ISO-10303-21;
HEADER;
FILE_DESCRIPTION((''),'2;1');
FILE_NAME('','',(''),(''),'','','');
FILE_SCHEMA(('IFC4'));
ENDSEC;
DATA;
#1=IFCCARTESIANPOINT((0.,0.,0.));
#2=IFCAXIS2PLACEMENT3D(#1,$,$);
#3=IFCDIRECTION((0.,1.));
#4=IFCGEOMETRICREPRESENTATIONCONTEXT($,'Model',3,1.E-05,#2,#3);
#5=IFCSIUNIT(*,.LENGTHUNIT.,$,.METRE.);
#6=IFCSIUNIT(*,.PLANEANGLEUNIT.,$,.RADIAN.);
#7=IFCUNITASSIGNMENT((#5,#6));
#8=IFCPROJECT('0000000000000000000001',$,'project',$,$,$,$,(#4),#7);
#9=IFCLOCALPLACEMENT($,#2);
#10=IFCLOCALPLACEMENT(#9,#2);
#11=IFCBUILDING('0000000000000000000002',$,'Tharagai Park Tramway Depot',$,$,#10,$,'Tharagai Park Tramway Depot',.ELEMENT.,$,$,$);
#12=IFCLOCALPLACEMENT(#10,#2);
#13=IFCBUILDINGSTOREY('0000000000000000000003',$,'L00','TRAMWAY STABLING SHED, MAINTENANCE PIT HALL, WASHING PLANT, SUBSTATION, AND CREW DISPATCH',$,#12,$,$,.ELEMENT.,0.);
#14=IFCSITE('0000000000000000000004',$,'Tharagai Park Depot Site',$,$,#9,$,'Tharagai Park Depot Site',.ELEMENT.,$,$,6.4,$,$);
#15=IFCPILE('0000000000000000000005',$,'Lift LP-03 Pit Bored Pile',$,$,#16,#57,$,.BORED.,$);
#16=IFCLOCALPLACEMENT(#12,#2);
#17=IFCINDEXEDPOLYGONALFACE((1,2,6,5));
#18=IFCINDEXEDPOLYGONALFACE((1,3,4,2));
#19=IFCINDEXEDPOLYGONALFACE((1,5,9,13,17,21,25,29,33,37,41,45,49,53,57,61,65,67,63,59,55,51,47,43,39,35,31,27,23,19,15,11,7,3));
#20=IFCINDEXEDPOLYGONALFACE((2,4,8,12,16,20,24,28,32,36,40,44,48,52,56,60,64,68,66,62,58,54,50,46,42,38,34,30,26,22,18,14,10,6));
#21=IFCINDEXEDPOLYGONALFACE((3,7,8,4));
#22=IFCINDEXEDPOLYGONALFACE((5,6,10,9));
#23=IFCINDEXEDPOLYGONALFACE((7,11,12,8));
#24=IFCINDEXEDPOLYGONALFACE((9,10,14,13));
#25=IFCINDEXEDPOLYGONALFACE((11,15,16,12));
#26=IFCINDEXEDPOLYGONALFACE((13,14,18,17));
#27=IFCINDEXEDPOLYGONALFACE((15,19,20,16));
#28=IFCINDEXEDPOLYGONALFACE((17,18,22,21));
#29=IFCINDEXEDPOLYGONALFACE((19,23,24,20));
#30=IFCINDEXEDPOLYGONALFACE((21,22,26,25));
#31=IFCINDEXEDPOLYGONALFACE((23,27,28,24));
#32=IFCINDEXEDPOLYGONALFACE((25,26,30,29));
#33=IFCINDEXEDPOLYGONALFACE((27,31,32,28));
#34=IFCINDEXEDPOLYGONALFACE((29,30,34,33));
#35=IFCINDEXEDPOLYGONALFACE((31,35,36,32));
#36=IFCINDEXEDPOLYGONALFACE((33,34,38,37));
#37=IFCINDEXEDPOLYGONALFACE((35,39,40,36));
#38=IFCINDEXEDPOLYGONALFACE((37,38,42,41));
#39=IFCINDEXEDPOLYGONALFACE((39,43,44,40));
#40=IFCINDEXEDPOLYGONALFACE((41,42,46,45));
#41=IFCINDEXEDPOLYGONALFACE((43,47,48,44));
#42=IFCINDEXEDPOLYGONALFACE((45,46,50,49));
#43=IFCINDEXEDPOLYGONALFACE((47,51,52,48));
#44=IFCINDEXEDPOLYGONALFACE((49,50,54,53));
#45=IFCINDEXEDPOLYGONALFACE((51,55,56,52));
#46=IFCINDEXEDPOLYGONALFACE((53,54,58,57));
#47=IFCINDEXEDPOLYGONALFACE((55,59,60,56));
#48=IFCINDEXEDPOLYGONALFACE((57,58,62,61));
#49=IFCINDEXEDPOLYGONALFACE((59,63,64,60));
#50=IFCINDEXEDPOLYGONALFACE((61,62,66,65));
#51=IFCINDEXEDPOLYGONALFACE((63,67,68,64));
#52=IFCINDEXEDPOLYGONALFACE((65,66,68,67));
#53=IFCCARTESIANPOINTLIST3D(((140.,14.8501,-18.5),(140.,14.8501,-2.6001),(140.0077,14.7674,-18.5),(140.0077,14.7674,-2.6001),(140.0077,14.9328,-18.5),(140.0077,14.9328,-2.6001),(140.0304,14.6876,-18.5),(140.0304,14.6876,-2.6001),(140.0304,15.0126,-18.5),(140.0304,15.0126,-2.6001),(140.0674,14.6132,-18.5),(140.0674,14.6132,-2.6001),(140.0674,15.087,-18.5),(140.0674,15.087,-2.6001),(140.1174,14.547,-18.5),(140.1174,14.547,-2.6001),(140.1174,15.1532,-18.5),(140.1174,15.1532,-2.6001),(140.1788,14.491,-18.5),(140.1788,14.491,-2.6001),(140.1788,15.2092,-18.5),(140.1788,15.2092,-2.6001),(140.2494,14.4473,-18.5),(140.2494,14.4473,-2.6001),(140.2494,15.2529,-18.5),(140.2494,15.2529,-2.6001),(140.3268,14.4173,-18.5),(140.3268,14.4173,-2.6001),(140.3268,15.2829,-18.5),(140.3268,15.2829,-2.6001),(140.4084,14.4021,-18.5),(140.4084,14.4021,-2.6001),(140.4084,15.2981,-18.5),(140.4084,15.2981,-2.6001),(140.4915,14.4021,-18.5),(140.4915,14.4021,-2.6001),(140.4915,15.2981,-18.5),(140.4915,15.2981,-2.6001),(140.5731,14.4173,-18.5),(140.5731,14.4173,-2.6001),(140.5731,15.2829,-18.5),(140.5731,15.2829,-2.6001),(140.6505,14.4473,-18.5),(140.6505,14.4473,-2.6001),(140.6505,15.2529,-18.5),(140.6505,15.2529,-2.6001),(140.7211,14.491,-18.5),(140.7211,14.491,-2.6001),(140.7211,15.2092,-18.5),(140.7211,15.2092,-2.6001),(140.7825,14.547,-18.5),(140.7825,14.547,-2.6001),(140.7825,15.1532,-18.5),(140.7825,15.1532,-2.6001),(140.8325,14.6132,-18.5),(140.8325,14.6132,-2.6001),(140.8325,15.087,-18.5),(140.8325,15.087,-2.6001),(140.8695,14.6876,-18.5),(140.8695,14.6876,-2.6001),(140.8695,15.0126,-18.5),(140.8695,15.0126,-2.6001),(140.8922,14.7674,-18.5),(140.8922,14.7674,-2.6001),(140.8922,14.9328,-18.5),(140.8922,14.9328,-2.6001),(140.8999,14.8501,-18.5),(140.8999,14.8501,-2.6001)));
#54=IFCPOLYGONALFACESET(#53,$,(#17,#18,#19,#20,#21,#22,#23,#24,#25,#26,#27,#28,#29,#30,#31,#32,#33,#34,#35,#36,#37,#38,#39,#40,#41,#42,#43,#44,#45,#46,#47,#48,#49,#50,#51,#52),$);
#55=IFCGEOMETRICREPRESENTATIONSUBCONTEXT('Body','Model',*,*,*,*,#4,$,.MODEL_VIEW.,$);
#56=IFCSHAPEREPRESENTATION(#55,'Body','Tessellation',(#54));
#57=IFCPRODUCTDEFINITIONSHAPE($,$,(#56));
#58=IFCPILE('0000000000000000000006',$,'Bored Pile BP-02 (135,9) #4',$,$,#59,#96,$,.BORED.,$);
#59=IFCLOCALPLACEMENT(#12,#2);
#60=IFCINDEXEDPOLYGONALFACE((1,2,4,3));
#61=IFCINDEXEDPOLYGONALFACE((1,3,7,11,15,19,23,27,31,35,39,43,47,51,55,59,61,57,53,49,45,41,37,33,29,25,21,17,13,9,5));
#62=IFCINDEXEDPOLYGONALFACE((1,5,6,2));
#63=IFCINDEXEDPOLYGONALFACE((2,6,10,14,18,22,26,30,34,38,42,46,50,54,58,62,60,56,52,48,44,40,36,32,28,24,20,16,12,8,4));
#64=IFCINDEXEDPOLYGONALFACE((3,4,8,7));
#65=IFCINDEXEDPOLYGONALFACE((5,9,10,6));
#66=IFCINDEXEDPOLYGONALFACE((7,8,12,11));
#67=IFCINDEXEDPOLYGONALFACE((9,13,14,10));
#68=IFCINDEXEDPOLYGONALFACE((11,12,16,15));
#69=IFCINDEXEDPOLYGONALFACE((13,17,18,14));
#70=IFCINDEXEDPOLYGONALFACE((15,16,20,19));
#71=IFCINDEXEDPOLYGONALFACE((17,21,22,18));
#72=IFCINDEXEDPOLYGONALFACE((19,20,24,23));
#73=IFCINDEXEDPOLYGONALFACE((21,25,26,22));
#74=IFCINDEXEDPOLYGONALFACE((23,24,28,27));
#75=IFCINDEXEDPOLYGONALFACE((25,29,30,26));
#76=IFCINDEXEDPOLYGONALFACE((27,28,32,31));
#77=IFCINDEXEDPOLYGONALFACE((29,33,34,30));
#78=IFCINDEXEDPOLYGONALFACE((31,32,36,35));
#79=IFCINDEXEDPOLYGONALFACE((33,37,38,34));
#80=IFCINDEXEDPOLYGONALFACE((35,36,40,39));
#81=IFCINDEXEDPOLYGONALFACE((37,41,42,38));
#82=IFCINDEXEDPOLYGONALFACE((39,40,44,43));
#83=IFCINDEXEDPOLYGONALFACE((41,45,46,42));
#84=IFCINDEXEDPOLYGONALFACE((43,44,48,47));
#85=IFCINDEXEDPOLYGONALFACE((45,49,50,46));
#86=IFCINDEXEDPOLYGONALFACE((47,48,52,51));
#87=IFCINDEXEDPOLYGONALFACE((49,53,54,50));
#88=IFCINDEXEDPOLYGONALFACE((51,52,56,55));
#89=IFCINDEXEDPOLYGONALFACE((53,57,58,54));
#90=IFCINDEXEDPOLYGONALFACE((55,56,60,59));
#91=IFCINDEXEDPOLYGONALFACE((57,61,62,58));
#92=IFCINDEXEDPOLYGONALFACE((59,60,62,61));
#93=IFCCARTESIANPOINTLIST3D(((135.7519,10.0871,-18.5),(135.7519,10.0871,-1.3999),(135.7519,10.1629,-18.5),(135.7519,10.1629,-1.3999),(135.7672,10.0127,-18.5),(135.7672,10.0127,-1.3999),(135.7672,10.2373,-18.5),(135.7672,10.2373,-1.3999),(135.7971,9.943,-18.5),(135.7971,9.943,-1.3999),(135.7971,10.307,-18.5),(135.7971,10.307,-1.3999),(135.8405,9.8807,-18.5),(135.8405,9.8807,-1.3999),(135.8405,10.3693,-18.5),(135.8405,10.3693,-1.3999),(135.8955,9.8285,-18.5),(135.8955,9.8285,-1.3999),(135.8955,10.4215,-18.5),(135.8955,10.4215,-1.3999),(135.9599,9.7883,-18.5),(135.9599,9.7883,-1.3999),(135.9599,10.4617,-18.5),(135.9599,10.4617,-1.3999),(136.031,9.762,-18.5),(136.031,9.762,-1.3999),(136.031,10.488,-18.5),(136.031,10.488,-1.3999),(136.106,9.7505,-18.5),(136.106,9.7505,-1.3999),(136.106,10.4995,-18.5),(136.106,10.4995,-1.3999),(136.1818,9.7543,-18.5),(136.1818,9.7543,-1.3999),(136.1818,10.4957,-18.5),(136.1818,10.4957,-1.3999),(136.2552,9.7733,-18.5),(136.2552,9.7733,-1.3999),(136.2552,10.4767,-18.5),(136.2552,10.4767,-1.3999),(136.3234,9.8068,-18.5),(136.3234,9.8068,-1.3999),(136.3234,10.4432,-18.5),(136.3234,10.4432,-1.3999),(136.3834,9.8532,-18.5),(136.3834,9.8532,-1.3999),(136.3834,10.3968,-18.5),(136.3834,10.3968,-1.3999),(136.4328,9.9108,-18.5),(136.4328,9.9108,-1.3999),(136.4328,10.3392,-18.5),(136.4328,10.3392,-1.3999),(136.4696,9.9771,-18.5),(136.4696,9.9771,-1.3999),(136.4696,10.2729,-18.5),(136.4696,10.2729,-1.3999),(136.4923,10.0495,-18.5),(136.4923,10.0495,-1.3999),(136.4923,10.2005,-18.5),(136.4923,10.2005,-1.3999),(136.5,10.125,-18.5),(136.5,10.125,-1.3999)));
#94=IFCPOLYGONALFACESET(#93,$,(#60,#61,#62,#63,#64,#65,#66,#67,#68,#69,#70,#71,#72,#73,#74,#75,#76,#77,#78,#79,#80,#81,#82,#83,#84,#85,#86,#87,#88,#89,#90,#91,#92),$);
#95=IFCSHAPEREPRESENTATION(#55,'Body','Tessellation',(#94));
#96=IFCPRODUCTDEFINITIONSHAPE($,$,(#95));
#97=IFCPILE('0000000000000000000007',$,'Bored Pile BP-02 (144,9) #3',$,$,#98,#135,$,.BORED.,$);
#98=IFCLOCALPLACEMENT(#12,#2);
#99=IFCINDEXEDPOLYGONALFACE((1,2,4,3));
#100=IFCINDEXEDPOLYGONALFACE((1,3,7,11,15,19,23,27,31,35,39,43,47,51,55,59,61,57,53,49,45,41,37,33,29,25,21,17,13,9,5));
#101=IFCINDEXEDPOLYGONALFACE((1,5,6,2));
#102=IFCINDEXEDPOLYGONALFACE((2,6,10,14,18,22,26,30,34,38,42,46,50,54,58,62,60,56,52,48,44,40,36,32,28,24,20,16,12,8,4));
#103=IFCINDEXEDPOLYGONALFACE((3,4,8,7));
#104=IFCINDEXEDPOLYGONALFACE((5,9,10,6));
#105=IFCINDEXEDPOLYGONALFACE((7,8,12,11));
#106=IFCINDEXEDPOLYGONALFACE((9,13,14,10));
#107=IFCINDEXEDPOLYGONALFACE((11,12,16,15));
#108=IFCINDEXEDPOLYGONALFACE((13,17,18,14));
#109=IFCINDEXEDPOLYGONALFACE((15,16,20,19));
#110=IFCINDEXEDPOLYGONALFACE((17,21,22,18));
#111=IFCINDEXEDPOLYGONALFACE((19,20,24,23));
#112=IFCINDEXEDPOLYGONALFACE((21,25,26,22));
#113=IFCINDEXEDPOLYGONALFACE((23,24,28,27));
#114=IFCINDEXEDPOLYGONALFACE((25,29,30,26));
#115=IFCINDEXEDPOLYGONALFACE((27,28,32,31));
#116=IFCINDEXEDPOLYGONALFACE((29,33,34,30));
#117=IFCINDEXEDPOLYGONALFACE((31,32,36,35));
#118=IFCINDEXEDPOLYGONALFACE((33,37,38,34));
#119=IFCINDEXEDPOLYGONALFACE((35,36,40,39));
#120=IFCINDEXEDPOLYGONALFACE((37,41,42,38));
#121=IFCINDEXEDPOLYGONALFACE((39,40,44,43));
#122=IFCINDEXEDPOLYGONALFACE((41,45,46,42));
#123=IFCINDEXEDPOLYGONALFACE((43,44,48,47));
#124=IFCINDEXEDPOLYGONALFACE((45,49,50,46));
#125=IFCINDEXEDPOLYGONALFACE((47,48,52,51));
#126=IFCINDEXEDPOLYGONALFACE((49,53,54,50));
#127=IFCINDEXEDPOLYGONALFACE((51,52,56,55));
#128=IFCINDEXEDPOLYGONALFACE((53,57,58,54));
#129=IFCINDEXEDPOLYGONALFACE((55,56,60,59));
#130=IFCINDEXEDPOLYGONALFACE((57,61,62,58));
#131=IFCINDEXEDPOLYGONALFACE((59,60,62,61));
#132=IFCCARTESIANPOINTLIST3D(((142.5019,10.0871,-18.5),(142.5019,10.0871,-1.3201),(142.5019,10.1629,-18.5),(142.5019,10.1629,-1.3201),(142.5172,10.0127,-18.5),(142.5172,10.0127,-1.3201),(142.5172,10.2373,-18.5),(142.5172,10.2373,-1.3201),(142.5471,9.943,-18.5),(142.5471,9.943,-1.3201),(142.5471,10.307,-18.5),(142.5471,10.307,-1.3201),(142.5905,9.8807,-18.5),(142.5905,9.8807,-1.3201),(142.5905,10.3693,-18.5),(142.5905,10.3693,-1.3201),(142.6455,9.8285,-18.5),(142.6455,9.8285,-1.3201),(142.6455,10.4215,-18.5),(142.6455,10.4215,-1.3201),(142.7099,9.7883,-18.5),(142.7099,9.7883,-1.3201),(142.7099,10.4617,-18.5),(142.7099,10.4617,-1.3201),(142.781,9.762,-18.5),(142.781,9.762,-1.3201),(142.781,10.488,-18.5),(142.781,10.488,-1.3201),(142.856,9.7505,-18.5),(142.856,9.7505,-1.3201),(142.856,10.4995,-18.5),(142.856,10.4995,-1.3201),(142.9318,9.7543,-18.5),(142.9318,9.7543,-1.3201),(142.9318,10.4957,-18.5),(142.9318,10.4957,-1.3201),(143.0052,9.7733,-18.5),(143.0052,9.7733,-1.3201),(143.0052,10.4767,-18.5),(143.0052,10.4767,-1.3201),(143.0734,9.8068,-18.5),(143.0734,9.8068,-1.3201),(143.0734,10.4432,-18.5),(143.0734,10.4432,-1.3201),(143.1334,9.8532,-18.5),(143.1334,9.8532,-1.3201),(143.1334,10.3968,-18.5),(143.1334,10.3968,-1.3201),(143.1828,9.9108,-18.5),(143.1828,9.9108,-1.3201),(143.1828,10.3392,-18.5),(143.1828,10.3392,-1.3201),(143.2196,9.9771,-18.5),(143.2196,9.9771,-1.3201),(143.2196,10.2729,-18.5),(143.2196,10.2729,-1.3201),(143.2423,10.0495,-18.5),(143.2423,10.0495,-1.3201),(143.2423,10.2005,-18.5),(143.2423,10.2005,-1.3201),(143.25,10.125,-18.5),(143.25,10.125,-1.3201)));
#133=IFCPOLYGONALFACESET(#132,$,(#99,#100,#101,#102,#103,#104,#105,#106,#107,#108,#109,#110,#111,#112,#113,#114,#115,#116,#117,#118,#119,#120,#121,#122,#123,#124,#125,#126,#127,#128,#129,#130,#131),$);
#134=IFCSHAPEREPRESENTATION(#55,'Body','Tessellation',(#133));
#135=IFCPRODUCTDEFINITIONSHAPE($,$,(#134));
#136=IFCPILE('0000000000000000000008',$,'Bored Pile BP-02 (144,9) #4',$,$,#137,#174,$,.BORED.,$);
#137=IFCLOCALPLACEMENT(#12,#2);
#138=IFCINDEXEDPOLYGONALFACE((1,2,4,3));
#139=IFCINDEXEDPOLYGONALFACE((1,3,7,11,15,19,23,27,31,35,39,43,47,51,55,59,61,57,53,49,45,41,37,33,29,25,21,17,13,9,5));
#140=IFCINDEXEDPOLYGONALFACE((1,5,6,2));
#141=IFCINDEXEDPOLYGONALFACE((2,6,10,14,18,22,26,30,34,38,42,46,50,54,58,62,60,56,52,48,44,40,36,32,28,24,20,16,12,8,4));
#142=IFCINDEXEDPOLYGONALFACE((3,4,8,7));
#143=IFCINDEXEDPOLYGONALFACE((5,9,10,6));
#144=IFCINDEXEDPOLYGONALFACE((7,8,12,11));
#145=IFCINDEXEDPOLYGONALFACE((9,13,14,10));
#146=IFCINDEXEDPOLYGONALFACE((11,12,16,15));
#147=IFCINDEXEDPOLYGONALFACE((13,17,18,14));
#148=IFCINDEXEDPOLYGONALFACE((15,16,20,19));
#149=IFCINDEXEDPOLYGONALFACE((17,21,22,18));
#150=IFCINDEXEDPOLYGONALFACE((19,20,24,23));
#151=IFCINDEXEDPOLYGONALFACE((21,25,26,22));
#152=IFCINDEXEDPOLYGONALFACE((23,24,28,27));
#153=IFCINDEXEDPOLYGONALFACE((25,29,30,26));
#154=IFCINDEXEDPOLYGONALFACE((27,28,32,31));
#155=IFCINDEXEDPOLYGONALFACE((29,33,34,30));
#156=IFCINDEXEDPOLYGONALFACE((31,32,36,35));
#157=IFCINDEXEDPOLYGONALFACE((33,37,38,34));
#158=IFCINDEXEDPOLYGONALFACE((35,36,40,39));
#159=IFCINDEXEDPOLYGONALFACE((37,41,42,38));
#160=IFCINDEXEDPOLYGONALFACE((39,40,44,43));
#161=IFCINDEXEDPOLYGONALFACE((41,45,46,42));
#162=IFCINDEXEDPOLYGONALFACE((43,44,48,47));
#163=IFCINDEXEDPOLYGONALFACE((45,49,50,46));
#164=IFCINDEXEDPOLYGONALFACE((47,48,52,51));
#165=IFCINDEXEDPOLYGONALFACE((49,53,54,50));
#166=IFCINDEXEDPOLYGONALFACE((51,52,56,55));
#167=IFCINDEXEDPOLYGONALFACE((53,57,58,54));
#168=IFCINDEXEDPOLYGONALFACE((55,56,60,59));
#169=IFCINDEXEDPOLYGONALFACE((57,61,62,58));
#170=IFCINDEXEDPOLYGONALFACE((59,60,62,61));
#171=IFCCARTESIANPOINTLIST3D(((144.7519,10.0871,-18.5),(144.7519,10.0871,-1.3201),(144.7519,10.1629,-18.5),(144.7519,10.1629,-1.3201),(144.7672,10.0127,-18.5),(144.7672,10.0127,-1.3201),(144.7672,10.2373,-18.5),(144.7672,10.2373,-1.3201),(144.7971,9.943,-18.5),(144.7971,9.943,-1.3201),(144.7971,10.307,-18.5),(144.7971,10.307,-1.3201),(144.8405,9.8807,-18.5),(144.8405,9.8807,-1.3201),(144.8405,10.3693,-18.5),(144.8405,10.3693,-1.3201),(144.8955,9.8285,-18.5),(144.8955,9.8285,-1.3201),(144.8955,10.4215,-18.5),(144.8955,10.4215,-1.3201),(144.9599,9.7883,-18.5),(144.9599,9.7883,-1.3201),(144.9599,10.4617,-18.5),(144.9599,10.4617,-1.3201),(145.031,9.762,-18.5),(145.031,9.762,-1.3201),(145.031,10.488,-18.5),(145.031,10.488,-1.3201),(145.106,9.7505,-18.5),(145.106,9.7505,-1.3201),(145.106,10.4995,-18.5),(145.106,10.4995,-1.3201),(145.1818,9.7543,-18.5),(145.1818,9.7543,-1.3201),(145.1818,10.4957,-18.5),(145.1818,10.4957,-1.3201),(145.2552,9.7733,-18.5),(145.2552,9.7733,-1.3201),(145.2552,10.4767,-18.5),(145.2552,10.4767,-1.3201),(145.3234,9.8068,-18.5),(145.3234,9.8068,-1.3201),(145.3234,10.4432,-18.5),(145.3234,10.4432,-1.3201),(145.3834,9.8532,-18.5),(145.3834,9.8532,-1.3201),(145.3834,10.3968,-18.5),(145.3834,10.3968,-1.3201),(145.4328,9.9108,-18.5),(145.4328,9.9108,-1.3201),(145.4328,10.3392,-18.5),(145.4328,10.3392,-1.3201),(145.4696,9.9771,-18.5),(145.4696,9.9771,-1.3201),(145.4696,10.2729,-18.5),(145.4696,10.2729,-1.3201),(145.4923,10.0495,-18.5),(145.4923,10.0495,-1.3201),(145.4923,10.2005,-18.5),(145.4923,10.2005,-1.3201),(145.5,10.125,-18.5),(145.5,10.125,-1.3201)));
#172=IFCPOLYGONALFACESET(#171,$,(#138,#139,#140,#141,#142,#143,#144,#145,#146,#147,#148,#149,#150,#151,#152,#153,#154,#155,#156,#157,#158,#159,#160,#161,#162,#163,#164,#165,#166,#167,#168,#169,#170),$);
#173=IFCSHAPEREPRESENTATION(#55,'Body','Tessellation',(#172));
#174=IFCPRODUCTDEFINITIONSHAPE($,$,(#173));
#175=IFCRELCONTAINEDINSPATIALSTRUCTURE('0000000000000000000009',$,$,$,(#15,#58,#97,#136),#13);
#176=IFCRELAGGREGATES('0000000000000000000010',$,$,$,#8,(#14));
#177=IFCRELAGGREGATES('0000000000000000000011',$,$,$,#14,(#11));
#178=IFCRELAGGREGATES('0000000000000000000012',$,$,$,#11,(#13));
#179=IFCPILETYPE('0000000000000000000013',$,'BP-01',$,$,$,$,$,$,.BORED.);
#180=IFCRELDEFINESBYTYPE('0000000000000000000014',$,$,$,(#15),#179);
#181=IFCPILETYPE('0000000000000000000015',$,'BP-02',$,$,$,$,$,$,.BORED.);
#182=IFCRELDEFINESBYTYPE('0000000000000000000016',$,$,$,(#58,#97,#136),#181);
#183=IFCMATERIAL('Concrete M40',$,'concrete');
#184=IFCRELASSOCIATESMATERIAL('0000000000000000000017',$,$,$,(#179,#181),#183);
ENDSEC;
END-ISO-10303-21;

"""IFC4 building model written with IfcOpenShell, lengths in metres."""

from ifc_helpers import new_model, si_unit, direction, frame, origin, origin_2d, place, context, subcontext, project, spatial, circle, extrude, material, material_profile, profile_set, type_object, element, save


model = new_model("IFC4")

# Units and contexts
model_context = context("Model", 3, precision=1e-05, world=origin(), true_north=direction((0.0, 1.0)))
body_context = subcontext(model_context, "Body", "Model", "MODEL_VIEW")
ifc_project = project(units=[si_unit("LENGTHUNIT", "METRE"), si_unit("PLANEANGLEUNIT", "RADIAN")], contexts=[model_context])

# Site, building, storey
site_placement = place(None, origin())
site = spatial("IfcSite", under=ifc_project, at=site_placement, Name="Tharagai Park Depot Site", LongName="Tharagai Park Depot Site", CompositionType="ELEMENT", RefElevation=6.4)
building_placement = place(site_placement, origin())
building = spatial("IfcBuilding", under=site, at=building_placement, Name="Tharagai Park Tramway Depot", LongName="Tharagai Park Tramway Depot", CompositionType="ELEMENT")
storey_placement = place(building_placement, origin())
storey = spatial("IfcBuildingStorey", under=building, at=storey_placement, Name="L00", Description="TRAMWAY STABLING SHED, MAINTENANCE PIT HALL, WASHING PLANT, SUBSTATION, AND CREW DISPATCH", CompositionType="ELEMENT", Elevation=0.0)

# Piles
ifc_material_1 = material(Name="Concrete M40", Category="concrete")
ifc_material_profile_1 = material_profile(ifc_material_1, circle(Radius=0.45, at=origin_2d()), Name="PILE D900")
ifc_profile_set_1 = profile_set([ifc_material_profile_1], Name="Concrete M40")
pile_type_1 = type_object("IfcPileType", Name="BP-01", PredefinedType="BORED", material=ifc_profile_set_1)
pile_1_placement = place(storey_placement, frame((140.45, 14.8501, -2.6001), z_axis=(0.0, 0.0, -1.0), x_axis=(1.0, 0.0, 0.0)))
element("IfcPile", 1, at=pile_1_placement, inside=storey, type_object=pile_type_1, Name="Lift LP-03 Pit Bored Pile", PredefinedType="BORED", context=body_context, shape_type="SweptSolid", body=[
    extrude(circle(Radius=0.45, at=origin_2d()), origin(), (0.0, 0.0, 1.0), 15.8999),
])
ifc_material_profile_2 = material_profile(ifc_material_1, circle(Radius=0.375, at=origin_2d()), Name="PILE D750")
ifc_profile_set_2 = profile_set([ifc_material_profile_2], Name="Concrete M40")
pile_type_2 = type_object("IfcPileType", Name="BP-02", PredefinedType="BORED", material=ifc_profile_set_2)
pile_2_placement = place(storey_placement, frame((136.125, 10.125, -1.3999), z_axis=(0.0, 0.0, -1.0), x_axis=(1.0, 0.0, 0.0)))
element("IfcPile", 2, at=pile_2_placement, inside=storey, type_object=pile_type_2, Name="Bored Pile BP-02 (135,9) #4", PredefinedType="BORED", context=body_context, shape_type="SweptSolid", body=[
    extrude(circle(Radius=0.375, at=origin_2d()), origin(), (0.0, 0.0, 1.0), 17.1001),
])
for number, where, z_axis, x_axis, name in (
    (3, (142.875, 10.125, -1.3201), (0.0, 0.0, -1.0), (1.0, 0.0, 0.0), "Bored Pile BP-02 (144,9) #3"),
    (4, (145.125, 10.125, -1.3201), (0.0, 0.0, -1.0), (1.0, 0.0, 0.0), "Bored Pile BP-02 (144,9) #4"),
):
    element("IfcPile", number, at=place(storey_placement, frame(where, z_axis=z_axis, x_axis=x_axis)), inside=storey, type_object=pile_type_2, Name=name, PredefinedType="BORED", context=body_context, shape_type="SweptSolid", body=[
        extrude(circle(Radius=0.375, at=origin_2d()), origin(), (0.0, 0.0, 1.0), 17.1799),
    ])

save(model, "model.ifc")
